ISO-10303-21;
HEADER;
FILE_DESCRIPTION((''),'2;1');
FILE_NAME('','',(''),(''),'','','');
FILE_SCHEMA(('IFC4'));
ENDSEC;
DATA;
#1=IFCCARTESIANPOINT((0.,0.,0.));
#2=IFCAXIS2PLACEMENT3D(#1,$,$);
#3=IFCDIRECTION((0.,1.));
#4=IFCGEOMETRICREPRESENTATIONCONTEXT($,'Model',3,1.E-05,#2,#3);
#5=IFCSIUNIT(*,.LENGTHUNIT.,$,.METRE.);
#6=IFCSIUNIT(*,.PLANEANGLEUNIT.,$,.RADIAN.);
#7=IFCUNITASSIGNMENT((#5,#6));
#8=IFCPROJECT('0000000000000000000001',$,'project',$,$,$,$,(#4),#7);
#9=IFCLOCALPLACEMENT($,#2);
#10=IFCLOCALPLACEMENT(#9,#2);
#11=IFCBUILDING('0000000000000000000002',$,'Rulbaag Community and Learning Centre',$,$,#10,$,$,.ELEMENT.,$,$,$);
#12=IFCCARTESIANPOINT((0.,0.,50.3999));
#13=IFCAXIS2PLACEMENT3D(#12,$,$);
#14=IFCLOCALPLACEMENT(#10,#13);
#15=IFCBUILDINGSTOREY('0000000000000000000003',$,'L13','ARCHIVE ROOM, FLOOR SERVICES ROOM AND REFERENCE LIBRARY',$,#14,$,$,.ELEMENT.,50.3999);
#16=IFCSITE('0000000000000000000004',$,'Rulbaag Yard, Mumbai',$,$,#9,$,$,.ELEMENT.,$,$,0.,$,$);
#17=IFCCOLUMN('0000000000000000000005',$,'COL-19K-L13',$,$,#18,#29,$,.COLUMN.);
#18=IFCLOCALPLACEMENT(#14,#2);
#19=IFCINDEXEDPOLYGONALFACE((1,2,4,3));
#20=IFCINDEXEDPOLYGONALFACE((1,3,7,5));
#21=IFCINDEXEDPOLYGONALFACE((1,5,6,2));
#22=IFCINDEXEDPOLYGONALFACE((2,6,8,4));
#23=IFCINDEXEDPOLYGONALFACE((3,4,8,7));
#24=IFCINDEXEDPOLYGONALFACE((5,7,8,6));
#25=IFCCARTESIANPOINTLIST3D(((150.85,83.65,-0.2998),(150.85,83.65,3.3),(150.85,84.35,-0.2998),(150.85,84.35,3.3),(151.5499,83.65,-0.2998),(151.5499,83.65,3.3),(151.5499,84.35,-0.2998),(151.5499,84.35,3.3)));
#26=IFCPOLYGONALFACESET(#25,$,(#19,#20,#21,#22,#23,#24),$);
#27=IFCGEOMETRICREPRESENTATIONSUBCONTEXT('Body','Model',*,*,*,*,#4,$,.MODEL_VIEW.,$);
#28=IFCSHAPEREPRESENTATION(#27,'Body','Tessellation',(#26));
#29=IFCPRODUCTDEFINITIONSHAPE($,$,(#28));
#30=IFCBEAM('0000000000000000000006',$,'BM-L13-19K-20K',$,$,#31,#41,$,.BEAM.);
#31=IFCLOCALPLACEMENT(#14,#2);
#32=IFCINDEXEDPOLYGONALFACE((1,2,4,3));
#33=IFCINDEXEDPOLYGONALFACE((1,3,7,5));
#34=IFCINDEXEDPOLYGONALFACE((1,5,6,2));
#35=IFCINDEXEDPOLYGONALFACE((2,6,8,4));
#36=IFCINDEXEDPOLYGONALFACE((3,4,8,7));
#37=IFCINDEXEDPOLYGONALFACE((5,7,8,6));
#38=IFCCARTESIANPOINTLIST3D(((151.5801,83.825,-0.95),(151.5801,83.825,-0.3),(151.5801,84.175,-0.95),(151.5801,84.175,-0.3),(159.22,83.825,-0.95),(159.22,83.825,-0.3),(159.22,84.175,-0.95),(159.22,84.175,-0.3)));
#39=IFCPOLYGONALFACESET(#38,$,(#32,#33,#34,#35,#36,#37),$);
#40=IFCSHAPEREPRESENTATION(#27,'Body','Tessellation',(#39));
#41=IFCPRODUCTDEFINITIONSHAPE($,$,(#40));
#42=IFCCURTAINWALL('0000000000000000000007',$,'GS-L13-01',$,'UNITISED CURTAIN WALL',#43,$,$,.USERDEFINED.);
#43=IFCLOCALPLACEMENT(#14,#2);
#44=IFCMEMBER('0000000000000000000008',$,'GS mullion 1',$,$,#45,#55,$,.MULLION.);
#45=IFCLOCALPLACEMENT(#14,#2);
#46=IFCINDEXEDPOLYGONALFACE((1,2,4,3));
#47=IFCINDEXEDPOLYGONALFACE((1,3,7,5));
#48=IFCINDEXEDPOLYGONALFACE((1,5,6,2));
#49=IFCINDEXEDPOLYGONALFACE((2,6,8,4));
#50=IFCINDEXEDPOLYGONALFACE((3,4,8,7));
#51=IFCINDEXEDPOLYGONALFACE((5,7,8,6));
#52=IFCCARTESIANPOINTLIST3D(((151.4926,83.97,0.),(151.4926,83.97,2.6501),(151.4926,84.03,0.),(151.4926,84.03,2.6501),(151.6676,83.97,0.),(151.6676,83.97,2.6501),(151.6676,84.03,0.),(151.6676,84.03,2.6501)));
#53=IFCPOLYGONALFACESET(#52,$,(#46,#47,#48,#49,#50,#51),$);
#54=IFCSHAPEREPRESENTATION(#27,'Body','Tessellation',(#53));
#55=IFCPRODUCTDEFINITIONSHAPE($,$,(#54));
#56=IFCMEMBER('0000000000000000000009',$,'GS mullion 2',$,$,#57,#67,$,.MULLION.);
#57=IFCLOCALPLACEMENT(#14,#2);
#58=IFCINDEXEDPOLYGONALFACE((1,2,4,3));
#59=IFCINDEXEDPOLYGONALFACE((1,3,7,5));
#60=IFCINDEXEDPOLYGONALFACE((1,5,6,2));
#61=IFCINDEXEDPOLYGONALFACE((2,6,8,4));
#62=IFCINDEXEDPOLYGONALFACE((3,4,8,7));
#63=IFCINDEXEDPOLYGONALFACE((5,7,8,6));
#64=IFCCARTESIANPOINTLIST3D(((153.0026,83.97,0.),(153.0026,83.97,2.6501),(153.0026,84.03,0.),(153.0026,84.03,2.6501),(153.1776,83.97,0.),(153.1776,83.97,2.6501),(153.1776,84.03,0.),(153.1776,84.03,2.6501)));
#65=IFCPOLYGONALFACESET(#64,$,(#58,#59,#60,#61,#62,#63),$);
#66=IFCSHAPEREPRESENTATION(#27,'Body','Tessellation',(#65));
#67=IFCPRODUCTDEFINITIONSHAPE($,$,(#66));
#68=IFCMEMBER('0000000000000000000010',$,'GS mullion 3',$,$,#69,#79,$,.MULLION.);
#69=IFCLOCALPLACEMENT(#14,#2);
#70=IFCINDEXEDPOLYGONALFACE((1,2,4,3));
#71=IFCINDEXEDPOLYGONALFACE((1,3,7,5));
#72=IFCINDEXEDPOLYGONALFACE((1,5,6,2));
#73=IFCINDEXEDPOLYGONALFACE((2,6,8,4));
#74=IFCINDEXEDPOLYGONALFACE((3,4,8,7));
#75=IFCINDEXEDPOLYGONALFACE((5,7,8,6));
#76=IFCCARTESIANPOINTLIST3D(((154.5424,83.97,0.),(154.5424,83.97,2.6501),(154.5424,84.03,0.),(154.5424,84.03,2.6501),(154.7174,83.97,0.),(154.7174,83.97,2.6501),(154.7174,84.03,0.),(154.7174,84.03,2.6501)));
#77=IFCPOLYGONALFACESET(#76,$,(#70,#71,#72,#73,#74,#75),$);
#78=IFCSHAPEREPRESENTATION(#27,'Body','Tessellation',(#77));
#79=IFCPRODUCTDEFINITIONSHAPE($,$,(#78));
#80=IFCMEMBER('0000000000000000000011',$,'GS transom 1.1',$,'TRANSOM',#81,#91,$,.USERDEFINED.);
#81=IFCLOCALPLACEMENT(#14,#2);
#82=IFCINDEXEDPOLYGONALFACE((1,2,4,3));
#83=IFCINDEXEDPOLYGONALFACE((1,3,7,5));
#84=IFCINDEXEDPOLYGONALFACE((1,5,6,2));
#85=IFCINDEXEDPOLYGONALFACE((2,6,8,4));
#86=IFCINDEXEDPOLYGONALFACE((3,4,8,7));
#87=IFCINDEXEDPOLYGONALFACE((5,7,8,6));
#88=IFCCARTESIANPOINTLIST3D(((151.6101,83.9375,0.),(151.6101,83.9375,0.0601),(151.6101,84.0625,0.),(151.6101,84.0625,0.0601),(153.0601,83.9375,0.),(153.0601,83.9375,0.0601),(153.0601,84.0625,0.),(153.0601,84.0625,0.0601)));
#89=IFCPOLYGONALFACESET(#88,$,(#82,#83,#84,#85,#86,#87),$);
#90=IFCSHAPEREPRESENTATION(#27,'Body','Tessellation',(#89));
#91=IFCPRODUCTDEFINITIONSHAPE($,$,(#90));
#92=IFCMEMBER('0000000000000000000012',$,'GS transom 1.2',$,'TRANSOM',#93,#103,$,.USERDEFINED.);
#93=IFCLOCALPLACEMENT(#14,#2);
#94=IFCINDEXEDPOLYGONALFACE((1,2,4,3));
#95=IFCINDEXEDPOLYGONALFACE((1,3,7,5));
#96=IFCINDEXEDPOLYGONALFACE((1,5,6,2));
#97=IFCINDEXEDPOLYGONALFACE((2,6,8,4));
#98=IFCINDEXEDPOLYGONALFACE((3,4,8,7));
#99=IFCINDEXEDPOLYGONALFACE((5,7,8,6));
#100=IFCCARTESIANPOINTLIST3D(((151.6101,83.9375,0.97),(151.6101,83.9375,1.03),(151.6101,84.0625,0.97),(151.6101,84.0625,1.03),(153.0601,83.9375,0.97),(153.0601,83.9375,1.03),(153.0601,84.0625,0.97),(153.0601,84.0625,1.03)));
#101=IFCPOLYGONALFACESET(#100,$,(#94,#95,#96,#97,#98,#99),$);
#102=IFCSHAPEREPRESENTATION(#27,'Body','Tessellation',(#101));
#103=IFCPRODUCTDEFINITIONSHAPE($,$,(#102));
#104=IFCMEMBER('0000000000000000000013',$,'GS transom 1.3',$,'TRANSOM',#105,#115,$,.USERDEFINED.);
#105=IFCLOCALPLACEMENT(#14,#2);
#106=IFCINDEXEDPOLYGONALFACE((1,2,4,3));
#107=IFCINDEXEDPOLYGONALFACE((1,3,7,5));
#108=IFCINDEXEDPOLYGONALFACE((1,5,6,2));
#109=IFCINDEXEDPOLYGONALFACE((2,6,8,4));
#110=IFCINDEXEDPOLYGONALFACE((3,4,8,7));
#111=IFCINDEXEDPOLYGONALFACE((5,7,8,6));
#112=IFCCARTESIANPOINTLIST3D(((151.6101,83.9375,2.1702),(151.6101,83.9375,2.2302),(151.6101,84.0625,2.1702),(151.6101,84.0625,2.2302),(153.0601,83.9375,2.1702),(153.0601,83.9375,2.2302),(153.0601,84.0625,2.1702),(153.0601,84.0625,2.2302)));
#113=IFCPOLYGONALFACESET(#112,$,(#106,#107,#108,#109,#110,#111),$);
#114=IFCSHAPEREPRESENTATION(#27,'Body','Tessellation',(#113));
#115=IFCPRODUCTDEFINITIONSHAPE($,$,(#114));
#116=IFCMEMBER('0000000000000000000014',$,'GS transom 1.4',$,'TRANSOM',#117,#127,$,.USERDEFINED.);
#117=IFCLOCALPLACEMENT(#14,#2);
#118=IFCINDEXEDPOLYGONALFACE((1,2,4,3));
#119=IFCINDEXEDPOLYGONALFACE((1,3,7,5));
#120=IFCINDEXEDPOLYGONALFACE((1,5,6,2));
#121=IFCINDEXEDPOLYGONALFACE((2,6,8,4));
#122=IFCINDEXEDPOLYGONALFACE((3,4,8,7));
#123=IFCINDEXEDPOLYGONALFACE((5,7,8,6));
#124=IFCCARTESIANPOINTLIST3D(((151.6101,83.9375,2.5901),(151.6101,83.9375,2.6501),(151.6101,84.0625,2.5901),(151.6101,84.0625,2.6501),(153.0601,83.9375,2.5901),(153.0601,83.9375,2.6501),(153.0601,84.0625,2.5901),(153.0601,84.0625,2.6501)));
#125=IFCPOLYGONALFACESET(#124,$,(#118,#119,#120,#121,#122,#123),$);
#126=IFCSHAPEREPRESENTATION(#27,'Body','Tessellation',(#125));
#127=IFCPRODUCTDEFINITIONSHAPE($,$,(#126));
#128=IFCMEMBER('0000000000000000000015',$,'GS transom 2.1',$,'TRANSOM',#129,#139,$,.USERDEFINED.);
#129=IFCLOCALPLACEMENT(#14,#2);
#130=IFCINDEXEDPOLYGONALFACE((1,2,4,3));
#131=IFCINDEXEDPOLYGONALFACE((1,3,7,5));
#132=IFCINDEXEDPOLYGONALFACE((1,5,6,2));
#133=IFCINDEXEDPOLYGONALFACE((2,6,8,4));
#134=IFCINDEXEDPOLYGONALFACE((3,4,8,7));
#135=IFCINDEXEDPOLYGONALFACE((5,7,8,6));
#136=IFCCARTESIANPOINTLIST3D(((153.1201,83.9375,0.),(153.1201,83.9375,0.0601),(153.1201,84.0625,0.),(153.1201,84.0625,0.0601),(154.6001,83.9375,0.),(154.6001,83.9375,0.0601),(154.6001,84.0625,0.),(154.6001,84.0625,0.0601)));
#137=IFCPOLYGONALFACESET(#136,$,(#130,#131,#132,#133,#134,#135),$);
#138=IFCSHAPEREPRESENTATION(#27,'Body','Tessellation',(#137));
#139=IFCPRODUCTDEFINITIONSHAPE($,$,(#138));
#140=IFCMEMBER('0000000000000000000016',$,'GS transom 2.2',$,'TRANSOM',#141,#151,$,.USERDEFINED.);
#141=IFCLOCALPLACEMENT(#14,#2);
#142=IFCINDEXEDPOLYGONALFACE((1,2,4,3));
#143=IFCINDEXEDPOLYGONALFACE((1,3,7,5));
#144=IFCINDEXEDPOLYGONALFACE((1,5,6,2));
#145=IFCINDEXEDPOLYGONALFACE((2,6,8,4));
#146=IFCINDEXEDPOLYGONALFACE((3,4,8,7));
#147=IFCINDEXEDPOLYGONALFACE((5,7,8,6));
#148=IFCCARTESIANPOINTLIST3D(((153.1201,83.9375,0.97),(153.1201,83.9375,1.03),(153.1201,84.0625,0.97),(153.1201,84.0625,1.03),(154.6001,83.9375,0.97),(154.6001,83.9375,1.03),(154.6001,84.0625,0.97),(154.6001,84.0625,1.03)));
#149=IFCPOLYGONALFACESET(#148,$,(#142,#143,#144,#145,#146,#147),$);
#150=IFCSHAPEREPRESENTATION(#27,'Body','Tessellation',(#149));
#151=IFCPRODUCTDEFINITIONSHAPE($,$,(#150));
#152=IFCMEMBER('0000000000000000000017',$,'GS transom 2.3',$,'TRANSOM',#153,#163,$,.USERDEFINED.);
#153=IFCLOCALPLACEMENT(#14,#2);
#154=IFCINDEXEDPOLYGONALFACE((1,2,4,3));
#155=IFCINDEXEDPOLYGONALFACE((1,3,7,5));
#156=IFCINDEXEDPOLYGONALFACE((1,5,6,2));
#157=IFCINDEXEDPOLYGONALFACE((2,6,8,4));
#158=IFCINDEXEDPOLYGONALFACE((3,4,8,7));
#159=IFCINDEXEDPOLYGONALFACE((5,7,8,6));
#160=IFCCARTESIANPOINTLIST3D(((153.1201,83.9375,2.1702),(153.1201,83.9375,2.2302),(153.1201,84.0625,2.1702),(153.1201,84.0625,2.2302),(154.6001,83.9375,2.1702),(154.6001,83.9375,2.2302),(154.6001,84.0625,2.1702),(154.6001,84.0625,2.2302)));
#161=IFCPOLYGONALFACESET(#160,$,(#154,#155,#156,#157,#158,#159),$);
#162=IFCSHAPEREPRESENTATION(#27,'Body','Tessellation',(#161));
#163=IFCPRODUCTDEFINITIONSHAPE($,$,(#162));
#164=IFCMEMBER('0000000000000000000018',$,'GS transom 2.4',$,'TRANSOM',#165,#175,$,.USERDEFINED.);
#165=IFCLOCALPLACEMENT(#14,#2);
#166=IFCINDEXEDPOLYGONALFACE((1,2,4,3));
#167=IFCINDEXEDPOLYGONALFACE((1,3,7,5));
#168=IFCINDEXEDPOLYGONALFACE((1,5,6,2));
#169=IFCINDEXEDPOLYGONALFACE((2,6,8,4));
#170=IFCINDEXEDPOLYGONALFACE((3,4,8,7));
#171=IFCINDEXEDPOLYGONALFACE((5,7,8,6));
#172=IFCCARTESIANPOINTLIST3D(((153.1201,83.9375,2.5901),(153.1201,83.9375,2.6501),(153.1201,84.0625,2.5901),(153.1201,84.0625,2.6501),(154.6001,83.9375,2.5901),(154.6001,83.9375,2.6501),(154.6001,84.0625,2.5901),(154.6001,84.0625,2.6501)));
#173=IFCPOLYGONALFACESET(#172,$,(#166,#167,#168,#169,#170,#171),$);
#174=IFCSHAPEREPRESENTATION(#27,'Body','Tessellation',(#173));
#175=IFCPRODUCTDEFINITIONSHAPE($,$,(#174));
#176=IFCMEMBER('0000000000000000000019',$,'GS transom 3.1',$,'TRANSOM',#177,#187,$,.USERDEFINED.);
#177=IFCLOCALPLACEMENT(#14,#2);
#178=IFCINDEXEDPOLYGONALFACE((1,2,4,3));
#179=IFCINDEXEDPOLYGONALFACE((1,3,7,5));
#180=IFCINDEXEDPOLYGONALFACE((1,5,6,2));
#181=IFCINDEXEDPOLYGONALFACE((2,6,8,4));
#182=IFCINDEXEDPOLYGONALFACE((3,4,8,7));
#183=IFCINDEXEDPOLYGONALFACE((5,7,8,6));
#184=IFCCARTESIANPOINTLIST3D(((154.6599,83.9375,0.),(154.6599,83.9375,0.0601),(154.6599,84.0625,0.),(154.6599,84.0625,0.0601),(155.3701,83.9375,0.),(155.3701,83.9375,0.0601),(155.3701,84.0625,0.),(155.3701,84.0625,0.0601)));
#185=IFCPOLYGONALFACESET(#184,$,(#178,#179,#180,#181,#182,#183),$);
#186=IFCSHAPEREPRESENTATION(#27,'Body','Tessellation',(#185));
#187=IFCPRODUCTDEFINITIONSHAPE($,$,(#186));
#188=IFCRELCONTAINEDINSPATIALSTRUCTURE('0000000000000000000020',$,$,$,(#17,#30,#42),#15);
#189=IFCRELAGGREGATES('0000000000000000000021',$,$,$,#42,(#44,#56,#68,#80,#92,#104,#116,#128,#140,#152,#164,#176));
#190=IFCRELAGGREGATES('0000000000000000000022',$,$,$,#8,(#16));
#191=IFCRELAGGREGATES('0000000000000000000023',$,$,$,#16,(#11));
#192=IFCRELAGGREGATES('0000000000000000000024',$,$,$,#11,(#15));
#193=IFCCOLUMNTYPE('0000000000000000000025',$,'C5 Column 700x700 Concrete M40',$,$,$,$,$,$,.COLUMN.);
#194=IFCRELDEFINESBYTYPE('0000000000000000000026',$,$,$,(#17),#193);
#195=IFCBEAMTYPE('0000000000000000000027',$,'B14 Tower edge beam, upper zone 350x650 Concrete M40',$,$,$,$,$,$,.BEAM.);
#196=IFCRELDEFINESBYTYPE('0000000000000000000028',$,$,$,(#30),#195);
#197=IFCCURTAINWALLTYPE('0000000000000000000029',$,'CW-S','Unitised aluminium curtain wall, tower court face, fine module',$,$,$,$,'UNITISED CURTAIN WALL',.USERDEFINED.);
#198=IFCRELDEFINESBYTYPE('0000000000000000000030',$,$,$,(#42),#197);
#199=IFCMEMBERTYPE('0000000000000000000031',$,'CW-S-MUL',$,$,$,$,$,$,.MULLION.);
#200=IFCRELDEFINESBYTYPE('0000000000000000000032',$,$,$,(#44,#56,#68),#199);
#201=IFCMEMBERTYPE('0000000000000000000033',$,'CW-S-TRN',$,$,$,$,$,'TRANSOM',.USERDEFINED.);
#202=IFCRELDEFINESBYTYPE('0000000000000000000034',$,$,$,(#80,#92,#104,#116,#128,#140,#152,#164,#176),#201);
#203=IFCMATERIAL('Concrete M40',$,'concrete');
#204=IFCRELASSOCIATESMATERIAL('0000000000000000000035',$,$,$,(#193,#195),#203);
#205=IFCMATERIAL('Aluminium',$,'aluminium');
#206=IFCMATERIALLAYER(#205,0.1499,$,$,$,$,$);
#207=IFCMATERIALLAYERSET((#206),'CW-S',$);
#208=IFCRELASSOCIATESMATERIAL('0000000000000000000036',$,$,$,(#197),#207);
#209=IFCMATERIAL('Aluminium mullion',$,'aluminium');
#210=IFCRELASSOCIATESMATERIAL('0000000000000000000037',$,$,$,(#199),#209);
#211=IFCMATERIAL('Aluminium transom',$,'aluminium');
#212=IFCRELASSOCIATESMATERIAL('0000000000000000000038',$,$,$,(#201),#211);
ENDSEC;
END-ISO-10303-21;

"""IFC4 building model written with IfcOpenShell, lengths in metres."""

from ifc_helpers import new_model, si_unit, direction, frame, origin, origin_2d, place, context, subcontext, project, spatial, rectangle, extrude, material, layer, layer_set, material_profile, profile_set, type_object, element, aggregate, save


model = new_model("IFC4")

# Units and contexts
model_context = context("Model", 3, precision=1e-05, world=origin(), true_north=direction((0.0, 1.0)))
body_context = subcontext(model_context, "Body", "Model", "MODEL_VIEW")
ifc_project = project(units=[si_unit("LENGTHUNIT", "METRE"), si_unit("PLANEANGLEUNIT", "RADIAN")], contexts=[model_context])

# Site, building, storey
site_placement = place(None, origin())
site = spatial("IfcSite", under=ifc_project, at=site_placement, Name="Rulbaag Yard, Mumbai", CompositionType="ELEMENT", RefElevation=0.0)
building_placement = place(site_placement, origin())
building = spatial("IfcBuilding", under=site, at=building_placement, Name="Rulbaag Community and Learning Centre", CompositionType="ELEMENT")
storey_placement = place(building_placement, frame((0.0, 0.0, 50.3999)))
storey = spatial("IfcBuildingStorey", under=building, at=storey_placement, Name="L13", Description="ARCHIVE ROOM, FLOOR SERVICES ROOM AND REFERENCE LIBRARY", CompositionType="ELEMENT", Elevation=50.3999)

# Column
ifc_material_1 = material(Name="Concrete M40", Category="concrete")
ifc_material_profile_1 = material_profile(ifc_material_1, rectangle(XDim=0.7, YDim=0.7, at=origin_2d()), Name="RC700x700")
ifc_profile_set_1 = profile_set([ifc_material_profile_1], Name="Concrete M40")
column_type = type_object("IfcColumnType", Name="C5 Column 700x700 Concrete M40", PredefinedType="COLUMN", material=ifc_profile_set_1)
column_placement = place(storey_placement, frame((151.2, 84.0, -0.2998), z_axis=(0.0, 0.0, 1.0), x_axis=(1.0, 0.0, 0.0)))
element("IfcColumn", 1, at=column_placement, inside=storey, type_object=column_type, Name="COL-19K-L13", PredefinedType="COLUMN", context=body_context, shape_type="SweptSolid", body=[
    extrude(rectangle(XDim=0.7, YDim=0.7, at=origin_2d()), origin(), (0.0, 0.0, 1.0), 3.5999),
])

# Beam
ifc_material_profile_2 = material_profile(ifc_material_1, rectangle(XDim=0.3501, YDim=0.6499, at=origin_2d()), Name="RB350x650")
ifc_profile_set_2 = profile_set([ifc_material_profile_2], Name="Concrete M40")
beam_type = type_object("IfcBeamType", Name="B14 Tower edge beam, upper zone 350x650 Concrete M40", PredefinedType="BEAM", material=ifc_profile_set_2)
beam_placement = place(storey_placement, frame((151.5801, 84.0, -0.625), z_axis=(1.0, 0.0, 0.0), x_axis=(0.0, 1.0, 0.0)))
element("IfcBeam", 2, at=beam_placement, inside=storey, type_object=beam_type, Name="BM-L13-19K-20K", PredefinedType="BEAM", context=body_context, shape_type="SweptSolid", body=[
    extrude(rectangle(XDim=0.3501, YDim=0.6499, at=origin_2d()), origin(), (0.0, 0.0, 1.0), 7.6399),
])

# Curtain wall, members
ifc_material_2 = material(Name="Aluminium", Category="aluminium")
ifc_layer_1 = layer(ifc_material_2, 0.1499)
ifc_layer_set_1 = layer_set([ifc_layer_1], Name="CW-S")
curtain_wall_type = type_object("IfcCurtainWallType", Name="CW-S", Description="Unitised aluminium curtain wall, tower court face, fine module", ElementType="UNITISED CURTAIN WALL", PredefinedType="USERDEFINED", material=ifc_layer_set_1)
curtain_wall_placement = place(storey_placement, origin())
curtain_wall = element("IfcCurtainWall", 3, at=curtain_wall_placement, inside=storey, type_object=curtain_wall_type, Name="GS-L13-01", ObjectType="UNITISED CURTAIN WALL", PredefinedType="USERDEFINED")
ifc_material_3 = material(Name="Aluminium mullion", Category="aluminium")
ifc_material_profile_3 = material_profile(ifc_material_3, rectangle(XDim=0.0601, YDim=0.175, at=origin_2d()), Name="AL 60x175")
ifc_profile_set_3 = profile_set([ifc_material_profile_3], Name="Aluminium mullion")
member_type_1 = type_object("IfcMemberType", Name="CW-S-MUL", PredefinedType="MULLION", material=ifc_profile_set_3)
member_1_placement = place(storey_placement, frame((151.5801, 84.0, 0.0), z_axis=(0.0, 0.0, 1.0), x_axis=(0.0, 1.0, 0.0)))
member_1 = element("IfcMember", 4, at=member_1_placement, type_object=member_type_1, Name="GS mullion 1", PredefinedType="MULLION", context=body_context, shape_type="SweptSolid", body=[
    extrude(rectangle(XDim=0.0601, YDim=0.175, at=origin_2d()), origin(), (0.0, 0.0, 1.0), 2.6501),
])
member_2_placement = place(storey_placement, frame((153.0901, 84.0, 0.0), z_axis=(0.0, 0.0, 1.0), x_axis=(0.0, 1.0, 0.0)))
member_2 = element("IfcMember", 5, at=member_2_placement, type_object=member_type_1, Name="GS mullion 2", PredefinedType="MULLION", context=body_context, shape_type="SweptSolid", body=[
    extrude(rectangle(XDim=0.0601, YDim=0.175, at=origin_2d()), origin(), (0.0, 0.0, 1.0), 2.6501),
])
member_3_placement = place(storey_placement, frame((154.6299, 84.0, 0.0), z_axis=(0.0, 0.0, 1.0), x_axis=(0.0, 1.0, 0.0)))
member_3 = element("IfcMember", 6, at=member_3_placement, type_object=member_type_1, Name="GS mullion 3", PredefinedType="MULLION", context=body_context, shape_type="SweptSolid", body=[
    extrude(rectangle(XDim=0.0601, YDim=0.175, at=origin_2d()), origin(), (0.0, 0.0, 1.0), 2.6501),
])
ifc_material_4 = material(Name="Aluminium transom", Category="aluminium")
ifc_material_profile_4 = material_profile(ifc_material_4, rectangle(XDim=0.125, YDim=0.0601, at=origin_2d()), Name="AL 60x125 T")
ifc_profile_set_4 = profile_set([ifc_material_profile_4], Name="Aluminium transom")
member_type_2 = type_object("IfcMemberType", Name="CW-S-TRN", ElementType="TRANSOM", PredefinedType="USERDEFINED", material=ifc_profile_set_4)
member_4_placement = place(storey_placement, frame((151.6101, 84.0, 0.03), z_axis=(1.0, 0.0, 0.0), x_axis=(0.0, 1.0, 0.0)))
member_4 = element("IfcMember", 7, at=member_4_placement, type_object=member_type_2, Name="GS transom 1.1", ObjectType="TRANSOM", PredefinedType="USERDEFINED", context=body_context, shape_type="SweptSolid", body=[
    extrude(rectangle(XDim=0.125, YDim=0.0601, at=origin_2d()), origin(), (0.0, 0.0, 1.0), 1.45),
])
member_5_placement = place(storey_placement, frame((151.6101, 84.0, 1.0), z_axis=(1.0, 0.0, 0.0), x_axis=(0.0, 1.0, 0.0)))
member_5 = element("IfcMember", 8, at=member_5_placement, type_object=member_type_2, Name="GS transom 1.2", ObjectType="TRANSOM", PredefinedType="USERDEFINED", context=body_context, shape_type="SweptSolid", body=[
    extrude(rectangle(XDim=0.125, YDim=0.0601, at=origin_2d()), origin(), (0.0, 0.0, 1.0), 1.45),
])
member_6_placement = place(storey_placement, frame((151.6101, 84.0, 2.2002), z_axis=(1.0, 0.0, 0.0), x_axis=(0.0, 1.0, 0.0)))
member_6 = element("IfcMember", 9, at=member_6_placement, type_object=member_type_2, Name="GS transom 1.3", ObjectType="TRANSOM", PredefinedType="USERDEFINED", context=body_context, shape_type="SweptSolid", body=[
    extrude(rectangle(XDim=0.125, YDim=0.0601, at=origin_2d()), origin(), (0.0, 0.0, 1.0), 1.45),
])
member_7_placement = place(storey_placement, frame((151.6101, 84.0, 2.6201), z_axis=(1.0, 0.0, 0.0), x_axis=(0.0, 1.0, 0.0)))
member_7 = element("IfcMember", 10, at=member_7_placement, type_object=member_type_2, Name="GS transom 1.4", ObjectType="TRANSOM", PredefinedType="USERDEFINED", context=body_context, shape_type="SweptSolid", body=[
    extrude(rectangle(XDim=0.125, YDim=0.0601, at=origin_2d()), origin(), (0.0, 0.0, 1.0), 1.45),
])
member_8_placement = place(storey_placement, frame((153.1201, 84.0, 0.03), z_axis=(1.0, 0.0, 0.0), x_axis=(0.0, 1.0, 0.0)))
member_8 = element("IfcMember", 11, at=member_8_placement, type_object=member_type_2, Name="GS transom 2.1", ObjectType="TRANSOM", PredefinedType="USERDEFINED", context=body_context, shape_type="SweptSolid", body=[
    extrude(rectangle(XDim=0.125, YDim=0.0601, at=origin_2d()), origin(), (0.0, 0.0, 1.0), 1.48),
])
member_9_placement = place(storey_placement, frame((153.1201, 84.0, 1.0), z_axis=(1.0, 0.0, 0.0), x_axis=(0.0, 1.0, 0.0)))
member_9 = element("IfcMember", 12, at=member_9_placement, type_object=member_type_2, Name="GS transom 2.2", ObjectType="TRANSOM", PredefinedType="USERDEFINED", context=body_context, shape_type="SweptSolid", body=[
    extrude(rectangle(XDim=0.125, YDim=0.0601, at=origin_2d()), origin(), (0.0, 0.0, 1.0), 1.48),
])
member_10_placement = place(storey_placement, frame((153.1201, 84.0, 2.2002), z_axis=(1.0, 0.0, 0.0), x_axis=(0.0, 1.0, 0.0)))
member_10 = element("IfcMember", 13, at=member_10_placement, type_object=member_type_2, Name="GS transom 2.3", ObjectType="TRANSOM", PredefinedType="USERDEFINED", context=body_context, shape_type="SweptSolid", body=[
    extrude(rectangle(XDim=0.125, YDim=0.0601, at=origin_2d()), origin(), (0.0, 0.0, 1.0), 1.48),
])
member_11_placement = place(storey_placement, frame((153.1201, 84.0, 2.6201), z_axis=(1.0, 0.0, 0.0), x_axis=(0.0, 1.0, 0.0)))
member_11 = element("IfcMember", 14, at=member_11_placement, type_object=member_type_2, Name="GS transom 2.4", ObjectType="TRANSOM", PredefinedType="USERDEFINED", context=body_context, shape_type="SweptSolid", body=[
    extrude(rectangle(XDim=0.125, YDim=0.0601, at=origin_2d()), origin(), (0.0, 0.0, 1.0), 1.48),
])
member_12_placement = place(storey_placement, frame((154.6599, 84.0, 0.03), z_axis=(1.0, 0.0, 0.0), x_axis=(0.0, 1.0, 0.0)))
member_12 = element("IfcMember", 15, at=member_12_placement, type_object=member_type_2, Name="GS transom 3.1", ObjectType="TRANSOM", PredefinedType="USERDEFINED", context=body_context, shape_type="SweptSolid", body=[
    extrude(rectangle(XDim=0.125, YDim=0.0601, at=origin_2d()), origin(), (0.0, 0.0, 1.0), 0.7102),
])
aggregate(curtain_wall, [member_1, member_2, member_3, member_4, member_5, member_6, member_7, member_8, member_9, member_10, member_11, member_12])

save(model, "model.ifc")
